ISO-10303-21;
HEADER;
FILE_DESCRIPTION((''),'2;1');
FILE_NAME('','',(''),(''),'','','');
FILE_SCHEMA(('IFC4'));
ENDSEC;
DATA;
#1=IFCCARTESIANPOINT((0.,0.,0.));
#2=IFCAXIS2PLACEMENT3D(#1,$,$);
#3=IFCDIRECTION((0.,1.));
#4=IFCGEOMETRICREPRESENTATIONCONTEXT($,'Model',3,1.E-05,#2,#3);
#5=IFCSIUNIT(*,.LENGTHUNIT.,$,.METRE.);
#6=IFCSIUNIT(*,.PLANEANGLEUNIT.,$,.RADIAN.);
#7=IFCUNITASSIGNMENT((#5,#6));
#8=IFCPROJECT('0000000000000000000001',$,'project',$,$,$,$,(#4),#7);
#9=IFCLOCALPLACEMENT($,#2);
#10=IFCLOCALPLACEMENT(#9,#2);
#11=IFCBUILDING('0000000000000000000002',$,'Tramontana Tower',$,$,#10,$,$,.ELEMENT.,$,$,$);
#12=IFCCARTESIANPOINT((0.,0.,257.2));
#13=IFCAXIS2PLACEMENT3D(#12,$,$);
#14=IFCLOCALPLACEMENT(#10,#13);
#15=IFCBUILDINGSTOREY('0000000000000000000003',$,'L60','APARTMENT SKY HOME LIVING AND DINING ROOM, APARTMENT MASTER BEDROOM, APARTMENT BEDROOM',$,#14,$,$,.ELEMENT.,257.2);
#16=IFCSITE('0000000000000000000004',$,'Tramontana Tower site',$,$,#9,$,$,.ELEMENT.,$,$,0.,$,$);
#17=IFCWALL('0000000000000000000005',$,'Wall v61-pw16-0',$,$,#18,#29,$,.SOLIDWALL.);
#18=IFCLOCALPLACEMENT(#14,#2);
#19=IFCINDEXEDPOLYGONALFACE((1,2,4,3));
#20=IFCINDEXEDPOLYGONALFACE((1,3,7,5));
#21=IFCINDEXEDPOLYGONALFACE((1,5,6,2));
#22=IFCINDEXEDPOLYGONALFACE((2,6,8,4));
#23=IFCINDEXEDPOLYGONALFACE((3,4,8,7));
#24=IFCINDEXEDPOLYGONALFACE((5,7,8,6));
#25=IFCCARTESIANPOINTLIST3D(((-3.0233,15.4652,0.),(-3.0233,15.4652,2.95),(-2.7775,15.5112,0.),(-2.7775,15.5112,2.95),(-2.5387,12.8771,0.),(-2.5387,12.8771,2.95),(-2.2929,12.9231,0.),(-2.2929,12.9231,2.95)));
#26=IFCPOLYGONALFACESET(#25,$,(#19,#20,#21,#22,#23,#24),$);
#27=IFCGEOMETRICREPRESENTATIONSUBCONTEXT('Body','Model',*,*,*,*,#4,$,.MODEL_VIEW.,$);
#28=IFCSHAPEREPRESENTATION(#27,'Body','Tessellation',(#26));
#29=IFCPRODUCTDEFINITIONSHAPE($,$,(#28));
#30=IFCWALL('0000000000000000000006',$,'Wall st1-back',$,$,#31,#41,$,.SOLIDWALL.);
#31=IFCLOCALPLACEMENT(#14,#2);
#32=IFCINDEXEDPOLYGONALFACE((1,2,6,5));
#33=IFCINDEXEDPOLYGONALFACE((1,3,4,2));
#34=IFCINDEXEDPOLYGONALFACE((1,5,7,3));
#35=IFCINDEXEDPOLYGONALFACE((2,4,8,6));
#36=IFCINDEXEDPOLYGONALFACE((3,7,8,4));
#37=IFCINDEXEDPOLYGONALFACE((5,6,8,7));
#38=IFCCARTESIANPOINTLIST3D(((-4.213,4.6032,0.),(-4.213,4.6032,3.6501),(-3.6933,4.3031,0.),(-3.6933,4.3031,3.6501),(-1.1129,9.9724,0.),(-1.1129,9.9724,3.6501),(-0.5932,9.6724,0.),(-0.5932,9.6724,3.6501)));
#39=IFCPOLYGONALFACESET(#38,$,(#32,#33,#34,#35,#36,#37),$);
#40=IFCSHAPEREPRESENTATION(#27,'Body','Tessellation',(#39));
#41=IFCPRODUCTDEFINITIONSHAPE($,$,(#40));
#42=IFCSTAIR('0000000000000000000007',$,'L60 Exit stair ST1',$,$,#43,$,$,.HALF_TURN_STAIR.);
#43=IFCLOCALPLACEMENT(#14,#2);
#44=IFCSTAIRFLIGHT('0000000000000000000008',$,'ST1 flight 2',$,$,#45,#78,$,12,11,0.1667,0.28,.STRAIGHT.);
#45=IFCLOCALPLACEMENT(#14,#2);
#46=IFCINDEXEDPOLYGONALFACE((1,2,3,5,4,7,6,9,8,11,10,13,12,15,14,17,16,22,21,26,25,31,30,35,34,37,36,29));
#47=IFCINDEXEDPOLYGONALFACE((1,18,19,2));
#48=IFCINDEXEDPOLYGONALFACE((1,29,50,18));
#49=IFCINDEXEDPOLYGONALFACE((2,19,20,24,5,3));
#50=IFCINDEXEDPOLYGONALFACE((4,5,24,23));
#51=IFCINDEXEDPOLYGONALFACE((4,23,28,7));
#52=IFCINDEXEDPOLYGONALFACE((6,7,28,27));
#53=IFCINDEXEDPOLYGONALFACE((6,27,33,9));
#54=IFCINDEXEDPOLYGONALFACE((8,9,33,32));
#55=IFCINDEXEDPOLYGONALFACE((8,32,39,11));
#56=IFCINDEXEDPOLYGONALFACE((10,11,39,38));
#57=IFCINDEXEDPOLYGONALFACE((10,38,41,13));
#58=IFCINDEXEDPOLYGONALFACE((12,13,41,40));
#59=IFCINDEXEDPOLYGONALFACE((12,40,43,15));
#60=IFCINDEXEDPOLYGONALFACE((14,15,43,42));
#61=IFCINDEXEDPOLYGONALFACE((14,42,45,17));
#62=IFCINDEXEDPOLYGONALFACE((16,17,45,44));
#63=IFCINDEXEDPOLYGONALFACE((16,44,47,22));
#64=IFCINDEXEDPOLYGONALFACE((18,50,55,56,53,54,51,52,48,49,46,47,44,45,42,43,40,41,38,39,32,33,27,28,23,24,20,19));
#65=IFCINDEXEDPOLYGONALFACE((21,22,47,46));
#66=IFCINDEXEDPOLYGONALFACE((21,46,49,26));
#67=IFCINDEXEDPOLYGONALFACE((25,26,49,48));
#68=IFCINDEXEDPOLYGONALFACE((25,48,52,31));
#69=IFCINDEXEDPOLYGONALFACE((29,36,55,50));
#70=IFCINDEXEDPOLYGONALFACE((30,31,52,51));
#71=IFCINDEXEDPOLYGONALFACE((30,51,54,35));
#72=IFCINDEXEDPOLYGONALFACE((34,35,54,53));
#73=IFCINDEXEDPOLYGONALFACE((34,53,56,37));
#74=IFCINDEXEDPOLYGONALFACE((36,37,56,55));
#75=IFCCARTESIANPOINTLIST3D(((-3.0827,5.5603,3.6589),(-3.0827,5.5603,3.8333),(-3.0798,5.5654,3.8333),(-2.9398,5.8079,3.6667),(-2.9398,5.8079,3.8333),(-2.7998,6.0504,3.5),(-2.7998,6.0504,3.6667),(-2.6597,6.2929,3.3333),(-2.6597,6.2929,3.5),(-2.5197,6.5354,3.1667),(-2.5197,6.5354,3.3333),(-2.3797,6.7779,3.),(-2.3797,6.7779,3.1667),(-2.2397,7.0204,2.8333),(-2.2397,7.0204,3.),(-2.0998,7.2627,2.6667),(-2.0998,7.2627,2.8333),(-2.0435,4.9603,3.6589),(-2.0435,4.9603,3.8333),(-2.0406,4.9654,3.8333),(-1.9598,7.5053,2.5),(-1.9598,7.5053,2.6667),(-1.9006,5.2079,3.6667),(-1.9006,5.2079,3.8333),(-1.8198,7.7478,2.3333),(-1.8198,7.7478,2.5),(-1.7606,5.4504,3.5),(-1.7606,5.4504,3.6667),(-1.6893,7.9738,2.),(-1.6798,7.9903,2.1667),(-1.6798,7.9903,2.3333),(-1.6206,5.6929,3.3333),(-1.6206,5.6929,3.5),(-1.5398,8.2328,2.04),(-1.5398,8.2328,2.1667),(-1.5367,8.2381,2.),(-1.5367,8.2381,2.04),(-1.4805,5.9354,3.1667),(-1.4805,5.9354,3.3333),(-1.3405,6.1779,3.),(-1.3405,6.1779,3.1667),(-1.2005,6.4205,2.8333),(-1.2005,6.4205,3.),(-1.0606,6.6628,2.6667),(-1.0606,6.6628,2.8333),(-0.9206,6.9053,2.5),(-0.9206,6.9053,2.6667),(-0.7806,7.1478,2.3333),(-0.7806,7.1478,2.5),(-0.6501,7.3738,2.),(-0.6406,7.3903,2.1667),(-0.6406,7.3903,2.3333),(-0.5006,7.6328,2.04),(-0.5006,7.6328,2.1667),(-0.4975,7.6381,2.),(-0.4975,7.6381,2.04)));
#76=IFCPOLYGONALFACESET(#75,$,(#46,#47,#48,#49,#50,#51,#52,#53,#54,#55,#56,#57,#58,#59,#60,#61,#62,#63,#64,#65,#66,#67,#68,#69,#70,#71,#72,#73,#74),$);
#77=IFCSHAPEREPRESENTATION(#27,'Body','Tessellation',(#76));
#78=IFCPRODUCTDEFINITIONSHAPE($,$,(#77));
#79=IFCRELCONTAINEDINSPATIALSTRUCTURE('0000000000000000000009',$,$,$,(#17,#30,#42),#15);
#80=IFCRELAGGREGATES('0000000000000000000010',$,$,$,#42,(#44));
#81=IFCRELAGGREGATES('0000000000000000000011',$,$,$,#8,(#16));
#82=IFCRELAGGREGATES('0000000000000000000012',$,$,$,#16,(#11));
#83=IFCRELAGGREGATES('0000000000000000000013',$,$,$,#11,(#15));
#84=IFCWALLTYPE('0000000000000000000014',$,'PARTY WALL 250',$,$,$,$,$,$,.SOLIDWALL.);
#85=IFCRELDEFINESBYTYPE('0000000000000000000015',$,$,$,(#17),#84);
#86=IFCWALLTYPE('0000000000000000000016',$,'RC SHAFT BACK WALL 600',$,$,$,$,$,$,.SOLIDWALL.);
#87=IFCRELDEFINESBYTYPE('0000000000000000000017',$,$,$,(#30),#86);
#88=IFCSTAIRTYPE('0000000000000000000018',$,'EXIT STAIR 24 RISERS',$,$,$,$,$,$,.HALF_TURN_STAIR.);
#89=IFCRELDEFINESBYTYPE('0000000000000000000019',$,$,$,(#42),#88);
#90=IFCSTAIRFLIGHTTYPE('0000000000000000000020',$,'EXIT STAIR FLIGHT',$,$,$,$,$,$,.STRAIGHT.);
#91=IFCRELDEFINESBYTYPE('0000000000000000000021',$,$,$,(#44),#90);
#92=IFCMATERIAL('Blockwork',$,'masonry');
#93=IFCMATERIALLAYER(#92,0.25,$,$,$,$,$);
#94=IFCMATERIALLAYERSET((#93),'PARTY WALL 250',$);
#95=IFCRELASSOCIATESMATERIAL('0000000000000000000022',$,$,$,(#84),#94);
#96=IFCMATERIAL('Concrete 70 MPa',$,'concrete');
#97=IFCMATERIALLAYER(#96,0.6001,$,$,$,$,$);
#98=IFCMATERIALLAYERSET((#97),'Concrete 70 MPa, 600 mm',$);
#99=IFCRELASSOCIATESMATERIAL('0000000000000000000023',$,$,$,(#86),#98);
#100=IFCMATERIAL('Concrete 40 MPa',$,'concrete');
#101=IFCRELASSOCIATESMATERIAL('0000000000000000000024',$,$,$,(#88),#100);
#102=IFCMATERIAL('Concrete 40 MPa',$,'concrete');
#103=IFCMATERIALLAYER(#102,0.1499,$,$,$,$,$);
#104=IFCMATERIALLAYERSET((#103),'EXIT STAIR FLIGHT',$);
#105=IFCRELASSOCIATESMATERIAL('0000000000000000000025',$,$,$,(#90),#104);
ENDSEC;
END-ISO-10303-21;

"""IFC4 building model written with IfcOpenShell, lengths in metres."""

from ifc_helpers import new_model, si_unit, direction, frame, frame_2d, origin, place, context, subcontext, project, spatial, polyline, rectangle, outline, extrude, material, layer, layer_set, type_object, element, aggregate, save


model = new_model("IFC4")

# Units and contexts
model_context = context("Model", 3, precision=1e-05, world=origin(), true_north=direction((0.0, 1.0)))
body_context = subcontext(model_context, "Body", "Model", "MODEL_VIEW")
ifc_project = project(units=[si_unit("LENGTHUNIT", "METRE"), si_unit("PLANEANGLEUNIT", "RADIAN")], contexts=[model_context])

# Site, building, storey
site_placement = place(None, origin())
site = spatial("IfcSite", under=ifc_project, at=site_placement, Name="Tramontana Tower site", CompositionType="ELEMENT", RefElevation=0.0)
building_placement = place(site_placement, origin())
building = spatial("IfcBuilding", under=site, at=building_placement, Name="Tramontana Tower", CompositionType="ELEMENT")
storey_placement = place(building_placement, frame((0.0, 0.0, 257.2)))
storey = spatial("IfcBuildingStorey", under=building, at=storey_placement, Name="L60", Description="APARTMENT SKY HOME LIVING AND DINING ROOM, APARTMENT MASTER BEDROOM, APARTMENT BEDROOM", CompositionType="ELEMENT", Elevation=257.2)

# Walls
ifc_material_1 = material(Name="Blockwork", Category="masonry")
ifc_layer_1 = layer(ifc_material_1, 0.25)
ifc_layer_set_1 = layer_set([ifc_layer_1], Name="PARTY WALL 250")
wall_type_1 = type_object("IfcWallType", Name="PARTY WALL 250", PredefinedType="SOLIDWALL", material=ifc_layer_set_1)
wall_1_placement = place(storey_placement, frame((-2.9004, 15.488, 0.0), z_axis=(0.0, 0.0, 1.0), x_axis=(0.184048, -0.982917, 0.0)))
element("IfcWall", 1, at=wall_1_placement, inside=storey, type_object=wall_type_1, Name="Wall v61-pw16-0", PredefinedType="SOLIDWALL", context=body_context, shape_type="SweptSolid", body=[
    extrude(rectangle(XDim=2.6331, YDim=0.25, at=frame_2d((1.3164, 0.0))), origin(), (0.0, 0.0, 1.0), 2.95),
])
ifc_material_2 = material(Name="Concrete 70 MPa", Category="concrete")
ifc_layer_2 = layer(ifc_material_2, 0.6001)
ifc_layer_set_2 = layer_set([ifc_layer_2], Name="Concrete 70 MPa, 600 mm")
wall_type_2 = type_object("IfcWallType", Name="RC SHAFT BACK WALL 600", PredefinedType="SOLIDWALL", material=ifc_layer_set_2)
wall_2_placement = place(storey_placement, frame((-0.853, 9.8225, 0.0), z_axis=(0.0, 0.0, 1.0), x_axis=(-0.50001, -0.86602, 0.0)))
element("IfcWall", 2, at=wall_2_placement, inside=storey, type_object=wall_type_2, Name="Wall st1-back", PredefinedType="SOLIDWALL", context=body_context, shape_type="SweptSolid", body=[
    extrude(rectangle(XDim=6.2, YDim=0.6001, at=frame_2d((3.1001, 0.0))), origin(), (0.0, 0.0, 1.0), 3.6501),
])

# Stair, stair flight
ifc_material_3 = material(Name="Concrete 40 MPa", Category="concrete")
stair_type = type_object("IfcStairType", Name="EXIT STAIR 24 RISERS", PredefinedType="HALF_TURN_STAIR", material=ifc_material_3)
stair_placement = place(storey_placement, origin())
stair = element("IfcStair", 3, at=stair_placement, inside=storey, type_object=stair_type, Name="L60 Exit stair ST1", PredefinedType="HALF_TURN_STAIR")
ifc_material_4 = material(Name="Concrete 40 MPa", Category="concrete")
ifc_layer_3 = layer(ifc_material_4, 0.1499)
ifc_layer_set_3 = layer_set([ifc_layer_3], Name="EXIT STAIR FLIGHT")
stair_flight_type = type_object("IfcStairFlightType", Name="EXIT STAIR FLIGHT", PredefinedType="STRAIGHT", material=ifc_layer_set_3)
stair_flight_placement = place(storey_placement, frame((-1.0203, 7.9329, 2.0), z_axis=(0.0, 0.0, 1.0), x_axis=(-0.5, -0.866025, 0.0)))
stair_flight = element("IfcStairFlight", 4, at=stair_flight_placement, type_object=stair_flight_type, Name="ST1 flight 2", NumberOfRisers=12, NumberOfTreads=11, PredefinedType="STRAIGHT", RiserHeight=0.1667, TreadLength=0.28, context=body_context, shape_type="SweptSolid", body=[
    extrude(outline(polyline([(-0.0061, 0.0), (-0.0061, 0.04), (0.0, 0.04), (0.0, 0.1667), (0.28, 0.1667), (0.28, 0.3333), (0.5601, 0.3333), (0.5601, 0.5), (0.8401, 0.5), (0.8401, 0.6667), (1.1201, 0.6667), (1.1201, 0.8333), (1.3999, 0.8333), (1.3999, 1.0), (1.6799, 1.0), (1.6799, 1.1667), (1.96, 1.1667), (1.96, 1.3333), (2.24, 1.3333), (2.24, 1.5), (2.52, 1.5), (2.52, 1.6667), (2.8, 1.6667), (2.8, 1.8333), (3.0801, 1.8333), (3.0859, 1.8333), (3.0859, 1.6589), (0.2991, 0.0), (-0.0061, 0.0)])), frame((0.0, 0.6001, 0.0), z_axis=(0.0, -1.0, 0.0), x_axis=(1.0, 0.0, 0.0)), (0.0, 0.0, 1.0), 1.2),
])
aggregate(stair, [stair_flight])

save(model, "model.ifc")
